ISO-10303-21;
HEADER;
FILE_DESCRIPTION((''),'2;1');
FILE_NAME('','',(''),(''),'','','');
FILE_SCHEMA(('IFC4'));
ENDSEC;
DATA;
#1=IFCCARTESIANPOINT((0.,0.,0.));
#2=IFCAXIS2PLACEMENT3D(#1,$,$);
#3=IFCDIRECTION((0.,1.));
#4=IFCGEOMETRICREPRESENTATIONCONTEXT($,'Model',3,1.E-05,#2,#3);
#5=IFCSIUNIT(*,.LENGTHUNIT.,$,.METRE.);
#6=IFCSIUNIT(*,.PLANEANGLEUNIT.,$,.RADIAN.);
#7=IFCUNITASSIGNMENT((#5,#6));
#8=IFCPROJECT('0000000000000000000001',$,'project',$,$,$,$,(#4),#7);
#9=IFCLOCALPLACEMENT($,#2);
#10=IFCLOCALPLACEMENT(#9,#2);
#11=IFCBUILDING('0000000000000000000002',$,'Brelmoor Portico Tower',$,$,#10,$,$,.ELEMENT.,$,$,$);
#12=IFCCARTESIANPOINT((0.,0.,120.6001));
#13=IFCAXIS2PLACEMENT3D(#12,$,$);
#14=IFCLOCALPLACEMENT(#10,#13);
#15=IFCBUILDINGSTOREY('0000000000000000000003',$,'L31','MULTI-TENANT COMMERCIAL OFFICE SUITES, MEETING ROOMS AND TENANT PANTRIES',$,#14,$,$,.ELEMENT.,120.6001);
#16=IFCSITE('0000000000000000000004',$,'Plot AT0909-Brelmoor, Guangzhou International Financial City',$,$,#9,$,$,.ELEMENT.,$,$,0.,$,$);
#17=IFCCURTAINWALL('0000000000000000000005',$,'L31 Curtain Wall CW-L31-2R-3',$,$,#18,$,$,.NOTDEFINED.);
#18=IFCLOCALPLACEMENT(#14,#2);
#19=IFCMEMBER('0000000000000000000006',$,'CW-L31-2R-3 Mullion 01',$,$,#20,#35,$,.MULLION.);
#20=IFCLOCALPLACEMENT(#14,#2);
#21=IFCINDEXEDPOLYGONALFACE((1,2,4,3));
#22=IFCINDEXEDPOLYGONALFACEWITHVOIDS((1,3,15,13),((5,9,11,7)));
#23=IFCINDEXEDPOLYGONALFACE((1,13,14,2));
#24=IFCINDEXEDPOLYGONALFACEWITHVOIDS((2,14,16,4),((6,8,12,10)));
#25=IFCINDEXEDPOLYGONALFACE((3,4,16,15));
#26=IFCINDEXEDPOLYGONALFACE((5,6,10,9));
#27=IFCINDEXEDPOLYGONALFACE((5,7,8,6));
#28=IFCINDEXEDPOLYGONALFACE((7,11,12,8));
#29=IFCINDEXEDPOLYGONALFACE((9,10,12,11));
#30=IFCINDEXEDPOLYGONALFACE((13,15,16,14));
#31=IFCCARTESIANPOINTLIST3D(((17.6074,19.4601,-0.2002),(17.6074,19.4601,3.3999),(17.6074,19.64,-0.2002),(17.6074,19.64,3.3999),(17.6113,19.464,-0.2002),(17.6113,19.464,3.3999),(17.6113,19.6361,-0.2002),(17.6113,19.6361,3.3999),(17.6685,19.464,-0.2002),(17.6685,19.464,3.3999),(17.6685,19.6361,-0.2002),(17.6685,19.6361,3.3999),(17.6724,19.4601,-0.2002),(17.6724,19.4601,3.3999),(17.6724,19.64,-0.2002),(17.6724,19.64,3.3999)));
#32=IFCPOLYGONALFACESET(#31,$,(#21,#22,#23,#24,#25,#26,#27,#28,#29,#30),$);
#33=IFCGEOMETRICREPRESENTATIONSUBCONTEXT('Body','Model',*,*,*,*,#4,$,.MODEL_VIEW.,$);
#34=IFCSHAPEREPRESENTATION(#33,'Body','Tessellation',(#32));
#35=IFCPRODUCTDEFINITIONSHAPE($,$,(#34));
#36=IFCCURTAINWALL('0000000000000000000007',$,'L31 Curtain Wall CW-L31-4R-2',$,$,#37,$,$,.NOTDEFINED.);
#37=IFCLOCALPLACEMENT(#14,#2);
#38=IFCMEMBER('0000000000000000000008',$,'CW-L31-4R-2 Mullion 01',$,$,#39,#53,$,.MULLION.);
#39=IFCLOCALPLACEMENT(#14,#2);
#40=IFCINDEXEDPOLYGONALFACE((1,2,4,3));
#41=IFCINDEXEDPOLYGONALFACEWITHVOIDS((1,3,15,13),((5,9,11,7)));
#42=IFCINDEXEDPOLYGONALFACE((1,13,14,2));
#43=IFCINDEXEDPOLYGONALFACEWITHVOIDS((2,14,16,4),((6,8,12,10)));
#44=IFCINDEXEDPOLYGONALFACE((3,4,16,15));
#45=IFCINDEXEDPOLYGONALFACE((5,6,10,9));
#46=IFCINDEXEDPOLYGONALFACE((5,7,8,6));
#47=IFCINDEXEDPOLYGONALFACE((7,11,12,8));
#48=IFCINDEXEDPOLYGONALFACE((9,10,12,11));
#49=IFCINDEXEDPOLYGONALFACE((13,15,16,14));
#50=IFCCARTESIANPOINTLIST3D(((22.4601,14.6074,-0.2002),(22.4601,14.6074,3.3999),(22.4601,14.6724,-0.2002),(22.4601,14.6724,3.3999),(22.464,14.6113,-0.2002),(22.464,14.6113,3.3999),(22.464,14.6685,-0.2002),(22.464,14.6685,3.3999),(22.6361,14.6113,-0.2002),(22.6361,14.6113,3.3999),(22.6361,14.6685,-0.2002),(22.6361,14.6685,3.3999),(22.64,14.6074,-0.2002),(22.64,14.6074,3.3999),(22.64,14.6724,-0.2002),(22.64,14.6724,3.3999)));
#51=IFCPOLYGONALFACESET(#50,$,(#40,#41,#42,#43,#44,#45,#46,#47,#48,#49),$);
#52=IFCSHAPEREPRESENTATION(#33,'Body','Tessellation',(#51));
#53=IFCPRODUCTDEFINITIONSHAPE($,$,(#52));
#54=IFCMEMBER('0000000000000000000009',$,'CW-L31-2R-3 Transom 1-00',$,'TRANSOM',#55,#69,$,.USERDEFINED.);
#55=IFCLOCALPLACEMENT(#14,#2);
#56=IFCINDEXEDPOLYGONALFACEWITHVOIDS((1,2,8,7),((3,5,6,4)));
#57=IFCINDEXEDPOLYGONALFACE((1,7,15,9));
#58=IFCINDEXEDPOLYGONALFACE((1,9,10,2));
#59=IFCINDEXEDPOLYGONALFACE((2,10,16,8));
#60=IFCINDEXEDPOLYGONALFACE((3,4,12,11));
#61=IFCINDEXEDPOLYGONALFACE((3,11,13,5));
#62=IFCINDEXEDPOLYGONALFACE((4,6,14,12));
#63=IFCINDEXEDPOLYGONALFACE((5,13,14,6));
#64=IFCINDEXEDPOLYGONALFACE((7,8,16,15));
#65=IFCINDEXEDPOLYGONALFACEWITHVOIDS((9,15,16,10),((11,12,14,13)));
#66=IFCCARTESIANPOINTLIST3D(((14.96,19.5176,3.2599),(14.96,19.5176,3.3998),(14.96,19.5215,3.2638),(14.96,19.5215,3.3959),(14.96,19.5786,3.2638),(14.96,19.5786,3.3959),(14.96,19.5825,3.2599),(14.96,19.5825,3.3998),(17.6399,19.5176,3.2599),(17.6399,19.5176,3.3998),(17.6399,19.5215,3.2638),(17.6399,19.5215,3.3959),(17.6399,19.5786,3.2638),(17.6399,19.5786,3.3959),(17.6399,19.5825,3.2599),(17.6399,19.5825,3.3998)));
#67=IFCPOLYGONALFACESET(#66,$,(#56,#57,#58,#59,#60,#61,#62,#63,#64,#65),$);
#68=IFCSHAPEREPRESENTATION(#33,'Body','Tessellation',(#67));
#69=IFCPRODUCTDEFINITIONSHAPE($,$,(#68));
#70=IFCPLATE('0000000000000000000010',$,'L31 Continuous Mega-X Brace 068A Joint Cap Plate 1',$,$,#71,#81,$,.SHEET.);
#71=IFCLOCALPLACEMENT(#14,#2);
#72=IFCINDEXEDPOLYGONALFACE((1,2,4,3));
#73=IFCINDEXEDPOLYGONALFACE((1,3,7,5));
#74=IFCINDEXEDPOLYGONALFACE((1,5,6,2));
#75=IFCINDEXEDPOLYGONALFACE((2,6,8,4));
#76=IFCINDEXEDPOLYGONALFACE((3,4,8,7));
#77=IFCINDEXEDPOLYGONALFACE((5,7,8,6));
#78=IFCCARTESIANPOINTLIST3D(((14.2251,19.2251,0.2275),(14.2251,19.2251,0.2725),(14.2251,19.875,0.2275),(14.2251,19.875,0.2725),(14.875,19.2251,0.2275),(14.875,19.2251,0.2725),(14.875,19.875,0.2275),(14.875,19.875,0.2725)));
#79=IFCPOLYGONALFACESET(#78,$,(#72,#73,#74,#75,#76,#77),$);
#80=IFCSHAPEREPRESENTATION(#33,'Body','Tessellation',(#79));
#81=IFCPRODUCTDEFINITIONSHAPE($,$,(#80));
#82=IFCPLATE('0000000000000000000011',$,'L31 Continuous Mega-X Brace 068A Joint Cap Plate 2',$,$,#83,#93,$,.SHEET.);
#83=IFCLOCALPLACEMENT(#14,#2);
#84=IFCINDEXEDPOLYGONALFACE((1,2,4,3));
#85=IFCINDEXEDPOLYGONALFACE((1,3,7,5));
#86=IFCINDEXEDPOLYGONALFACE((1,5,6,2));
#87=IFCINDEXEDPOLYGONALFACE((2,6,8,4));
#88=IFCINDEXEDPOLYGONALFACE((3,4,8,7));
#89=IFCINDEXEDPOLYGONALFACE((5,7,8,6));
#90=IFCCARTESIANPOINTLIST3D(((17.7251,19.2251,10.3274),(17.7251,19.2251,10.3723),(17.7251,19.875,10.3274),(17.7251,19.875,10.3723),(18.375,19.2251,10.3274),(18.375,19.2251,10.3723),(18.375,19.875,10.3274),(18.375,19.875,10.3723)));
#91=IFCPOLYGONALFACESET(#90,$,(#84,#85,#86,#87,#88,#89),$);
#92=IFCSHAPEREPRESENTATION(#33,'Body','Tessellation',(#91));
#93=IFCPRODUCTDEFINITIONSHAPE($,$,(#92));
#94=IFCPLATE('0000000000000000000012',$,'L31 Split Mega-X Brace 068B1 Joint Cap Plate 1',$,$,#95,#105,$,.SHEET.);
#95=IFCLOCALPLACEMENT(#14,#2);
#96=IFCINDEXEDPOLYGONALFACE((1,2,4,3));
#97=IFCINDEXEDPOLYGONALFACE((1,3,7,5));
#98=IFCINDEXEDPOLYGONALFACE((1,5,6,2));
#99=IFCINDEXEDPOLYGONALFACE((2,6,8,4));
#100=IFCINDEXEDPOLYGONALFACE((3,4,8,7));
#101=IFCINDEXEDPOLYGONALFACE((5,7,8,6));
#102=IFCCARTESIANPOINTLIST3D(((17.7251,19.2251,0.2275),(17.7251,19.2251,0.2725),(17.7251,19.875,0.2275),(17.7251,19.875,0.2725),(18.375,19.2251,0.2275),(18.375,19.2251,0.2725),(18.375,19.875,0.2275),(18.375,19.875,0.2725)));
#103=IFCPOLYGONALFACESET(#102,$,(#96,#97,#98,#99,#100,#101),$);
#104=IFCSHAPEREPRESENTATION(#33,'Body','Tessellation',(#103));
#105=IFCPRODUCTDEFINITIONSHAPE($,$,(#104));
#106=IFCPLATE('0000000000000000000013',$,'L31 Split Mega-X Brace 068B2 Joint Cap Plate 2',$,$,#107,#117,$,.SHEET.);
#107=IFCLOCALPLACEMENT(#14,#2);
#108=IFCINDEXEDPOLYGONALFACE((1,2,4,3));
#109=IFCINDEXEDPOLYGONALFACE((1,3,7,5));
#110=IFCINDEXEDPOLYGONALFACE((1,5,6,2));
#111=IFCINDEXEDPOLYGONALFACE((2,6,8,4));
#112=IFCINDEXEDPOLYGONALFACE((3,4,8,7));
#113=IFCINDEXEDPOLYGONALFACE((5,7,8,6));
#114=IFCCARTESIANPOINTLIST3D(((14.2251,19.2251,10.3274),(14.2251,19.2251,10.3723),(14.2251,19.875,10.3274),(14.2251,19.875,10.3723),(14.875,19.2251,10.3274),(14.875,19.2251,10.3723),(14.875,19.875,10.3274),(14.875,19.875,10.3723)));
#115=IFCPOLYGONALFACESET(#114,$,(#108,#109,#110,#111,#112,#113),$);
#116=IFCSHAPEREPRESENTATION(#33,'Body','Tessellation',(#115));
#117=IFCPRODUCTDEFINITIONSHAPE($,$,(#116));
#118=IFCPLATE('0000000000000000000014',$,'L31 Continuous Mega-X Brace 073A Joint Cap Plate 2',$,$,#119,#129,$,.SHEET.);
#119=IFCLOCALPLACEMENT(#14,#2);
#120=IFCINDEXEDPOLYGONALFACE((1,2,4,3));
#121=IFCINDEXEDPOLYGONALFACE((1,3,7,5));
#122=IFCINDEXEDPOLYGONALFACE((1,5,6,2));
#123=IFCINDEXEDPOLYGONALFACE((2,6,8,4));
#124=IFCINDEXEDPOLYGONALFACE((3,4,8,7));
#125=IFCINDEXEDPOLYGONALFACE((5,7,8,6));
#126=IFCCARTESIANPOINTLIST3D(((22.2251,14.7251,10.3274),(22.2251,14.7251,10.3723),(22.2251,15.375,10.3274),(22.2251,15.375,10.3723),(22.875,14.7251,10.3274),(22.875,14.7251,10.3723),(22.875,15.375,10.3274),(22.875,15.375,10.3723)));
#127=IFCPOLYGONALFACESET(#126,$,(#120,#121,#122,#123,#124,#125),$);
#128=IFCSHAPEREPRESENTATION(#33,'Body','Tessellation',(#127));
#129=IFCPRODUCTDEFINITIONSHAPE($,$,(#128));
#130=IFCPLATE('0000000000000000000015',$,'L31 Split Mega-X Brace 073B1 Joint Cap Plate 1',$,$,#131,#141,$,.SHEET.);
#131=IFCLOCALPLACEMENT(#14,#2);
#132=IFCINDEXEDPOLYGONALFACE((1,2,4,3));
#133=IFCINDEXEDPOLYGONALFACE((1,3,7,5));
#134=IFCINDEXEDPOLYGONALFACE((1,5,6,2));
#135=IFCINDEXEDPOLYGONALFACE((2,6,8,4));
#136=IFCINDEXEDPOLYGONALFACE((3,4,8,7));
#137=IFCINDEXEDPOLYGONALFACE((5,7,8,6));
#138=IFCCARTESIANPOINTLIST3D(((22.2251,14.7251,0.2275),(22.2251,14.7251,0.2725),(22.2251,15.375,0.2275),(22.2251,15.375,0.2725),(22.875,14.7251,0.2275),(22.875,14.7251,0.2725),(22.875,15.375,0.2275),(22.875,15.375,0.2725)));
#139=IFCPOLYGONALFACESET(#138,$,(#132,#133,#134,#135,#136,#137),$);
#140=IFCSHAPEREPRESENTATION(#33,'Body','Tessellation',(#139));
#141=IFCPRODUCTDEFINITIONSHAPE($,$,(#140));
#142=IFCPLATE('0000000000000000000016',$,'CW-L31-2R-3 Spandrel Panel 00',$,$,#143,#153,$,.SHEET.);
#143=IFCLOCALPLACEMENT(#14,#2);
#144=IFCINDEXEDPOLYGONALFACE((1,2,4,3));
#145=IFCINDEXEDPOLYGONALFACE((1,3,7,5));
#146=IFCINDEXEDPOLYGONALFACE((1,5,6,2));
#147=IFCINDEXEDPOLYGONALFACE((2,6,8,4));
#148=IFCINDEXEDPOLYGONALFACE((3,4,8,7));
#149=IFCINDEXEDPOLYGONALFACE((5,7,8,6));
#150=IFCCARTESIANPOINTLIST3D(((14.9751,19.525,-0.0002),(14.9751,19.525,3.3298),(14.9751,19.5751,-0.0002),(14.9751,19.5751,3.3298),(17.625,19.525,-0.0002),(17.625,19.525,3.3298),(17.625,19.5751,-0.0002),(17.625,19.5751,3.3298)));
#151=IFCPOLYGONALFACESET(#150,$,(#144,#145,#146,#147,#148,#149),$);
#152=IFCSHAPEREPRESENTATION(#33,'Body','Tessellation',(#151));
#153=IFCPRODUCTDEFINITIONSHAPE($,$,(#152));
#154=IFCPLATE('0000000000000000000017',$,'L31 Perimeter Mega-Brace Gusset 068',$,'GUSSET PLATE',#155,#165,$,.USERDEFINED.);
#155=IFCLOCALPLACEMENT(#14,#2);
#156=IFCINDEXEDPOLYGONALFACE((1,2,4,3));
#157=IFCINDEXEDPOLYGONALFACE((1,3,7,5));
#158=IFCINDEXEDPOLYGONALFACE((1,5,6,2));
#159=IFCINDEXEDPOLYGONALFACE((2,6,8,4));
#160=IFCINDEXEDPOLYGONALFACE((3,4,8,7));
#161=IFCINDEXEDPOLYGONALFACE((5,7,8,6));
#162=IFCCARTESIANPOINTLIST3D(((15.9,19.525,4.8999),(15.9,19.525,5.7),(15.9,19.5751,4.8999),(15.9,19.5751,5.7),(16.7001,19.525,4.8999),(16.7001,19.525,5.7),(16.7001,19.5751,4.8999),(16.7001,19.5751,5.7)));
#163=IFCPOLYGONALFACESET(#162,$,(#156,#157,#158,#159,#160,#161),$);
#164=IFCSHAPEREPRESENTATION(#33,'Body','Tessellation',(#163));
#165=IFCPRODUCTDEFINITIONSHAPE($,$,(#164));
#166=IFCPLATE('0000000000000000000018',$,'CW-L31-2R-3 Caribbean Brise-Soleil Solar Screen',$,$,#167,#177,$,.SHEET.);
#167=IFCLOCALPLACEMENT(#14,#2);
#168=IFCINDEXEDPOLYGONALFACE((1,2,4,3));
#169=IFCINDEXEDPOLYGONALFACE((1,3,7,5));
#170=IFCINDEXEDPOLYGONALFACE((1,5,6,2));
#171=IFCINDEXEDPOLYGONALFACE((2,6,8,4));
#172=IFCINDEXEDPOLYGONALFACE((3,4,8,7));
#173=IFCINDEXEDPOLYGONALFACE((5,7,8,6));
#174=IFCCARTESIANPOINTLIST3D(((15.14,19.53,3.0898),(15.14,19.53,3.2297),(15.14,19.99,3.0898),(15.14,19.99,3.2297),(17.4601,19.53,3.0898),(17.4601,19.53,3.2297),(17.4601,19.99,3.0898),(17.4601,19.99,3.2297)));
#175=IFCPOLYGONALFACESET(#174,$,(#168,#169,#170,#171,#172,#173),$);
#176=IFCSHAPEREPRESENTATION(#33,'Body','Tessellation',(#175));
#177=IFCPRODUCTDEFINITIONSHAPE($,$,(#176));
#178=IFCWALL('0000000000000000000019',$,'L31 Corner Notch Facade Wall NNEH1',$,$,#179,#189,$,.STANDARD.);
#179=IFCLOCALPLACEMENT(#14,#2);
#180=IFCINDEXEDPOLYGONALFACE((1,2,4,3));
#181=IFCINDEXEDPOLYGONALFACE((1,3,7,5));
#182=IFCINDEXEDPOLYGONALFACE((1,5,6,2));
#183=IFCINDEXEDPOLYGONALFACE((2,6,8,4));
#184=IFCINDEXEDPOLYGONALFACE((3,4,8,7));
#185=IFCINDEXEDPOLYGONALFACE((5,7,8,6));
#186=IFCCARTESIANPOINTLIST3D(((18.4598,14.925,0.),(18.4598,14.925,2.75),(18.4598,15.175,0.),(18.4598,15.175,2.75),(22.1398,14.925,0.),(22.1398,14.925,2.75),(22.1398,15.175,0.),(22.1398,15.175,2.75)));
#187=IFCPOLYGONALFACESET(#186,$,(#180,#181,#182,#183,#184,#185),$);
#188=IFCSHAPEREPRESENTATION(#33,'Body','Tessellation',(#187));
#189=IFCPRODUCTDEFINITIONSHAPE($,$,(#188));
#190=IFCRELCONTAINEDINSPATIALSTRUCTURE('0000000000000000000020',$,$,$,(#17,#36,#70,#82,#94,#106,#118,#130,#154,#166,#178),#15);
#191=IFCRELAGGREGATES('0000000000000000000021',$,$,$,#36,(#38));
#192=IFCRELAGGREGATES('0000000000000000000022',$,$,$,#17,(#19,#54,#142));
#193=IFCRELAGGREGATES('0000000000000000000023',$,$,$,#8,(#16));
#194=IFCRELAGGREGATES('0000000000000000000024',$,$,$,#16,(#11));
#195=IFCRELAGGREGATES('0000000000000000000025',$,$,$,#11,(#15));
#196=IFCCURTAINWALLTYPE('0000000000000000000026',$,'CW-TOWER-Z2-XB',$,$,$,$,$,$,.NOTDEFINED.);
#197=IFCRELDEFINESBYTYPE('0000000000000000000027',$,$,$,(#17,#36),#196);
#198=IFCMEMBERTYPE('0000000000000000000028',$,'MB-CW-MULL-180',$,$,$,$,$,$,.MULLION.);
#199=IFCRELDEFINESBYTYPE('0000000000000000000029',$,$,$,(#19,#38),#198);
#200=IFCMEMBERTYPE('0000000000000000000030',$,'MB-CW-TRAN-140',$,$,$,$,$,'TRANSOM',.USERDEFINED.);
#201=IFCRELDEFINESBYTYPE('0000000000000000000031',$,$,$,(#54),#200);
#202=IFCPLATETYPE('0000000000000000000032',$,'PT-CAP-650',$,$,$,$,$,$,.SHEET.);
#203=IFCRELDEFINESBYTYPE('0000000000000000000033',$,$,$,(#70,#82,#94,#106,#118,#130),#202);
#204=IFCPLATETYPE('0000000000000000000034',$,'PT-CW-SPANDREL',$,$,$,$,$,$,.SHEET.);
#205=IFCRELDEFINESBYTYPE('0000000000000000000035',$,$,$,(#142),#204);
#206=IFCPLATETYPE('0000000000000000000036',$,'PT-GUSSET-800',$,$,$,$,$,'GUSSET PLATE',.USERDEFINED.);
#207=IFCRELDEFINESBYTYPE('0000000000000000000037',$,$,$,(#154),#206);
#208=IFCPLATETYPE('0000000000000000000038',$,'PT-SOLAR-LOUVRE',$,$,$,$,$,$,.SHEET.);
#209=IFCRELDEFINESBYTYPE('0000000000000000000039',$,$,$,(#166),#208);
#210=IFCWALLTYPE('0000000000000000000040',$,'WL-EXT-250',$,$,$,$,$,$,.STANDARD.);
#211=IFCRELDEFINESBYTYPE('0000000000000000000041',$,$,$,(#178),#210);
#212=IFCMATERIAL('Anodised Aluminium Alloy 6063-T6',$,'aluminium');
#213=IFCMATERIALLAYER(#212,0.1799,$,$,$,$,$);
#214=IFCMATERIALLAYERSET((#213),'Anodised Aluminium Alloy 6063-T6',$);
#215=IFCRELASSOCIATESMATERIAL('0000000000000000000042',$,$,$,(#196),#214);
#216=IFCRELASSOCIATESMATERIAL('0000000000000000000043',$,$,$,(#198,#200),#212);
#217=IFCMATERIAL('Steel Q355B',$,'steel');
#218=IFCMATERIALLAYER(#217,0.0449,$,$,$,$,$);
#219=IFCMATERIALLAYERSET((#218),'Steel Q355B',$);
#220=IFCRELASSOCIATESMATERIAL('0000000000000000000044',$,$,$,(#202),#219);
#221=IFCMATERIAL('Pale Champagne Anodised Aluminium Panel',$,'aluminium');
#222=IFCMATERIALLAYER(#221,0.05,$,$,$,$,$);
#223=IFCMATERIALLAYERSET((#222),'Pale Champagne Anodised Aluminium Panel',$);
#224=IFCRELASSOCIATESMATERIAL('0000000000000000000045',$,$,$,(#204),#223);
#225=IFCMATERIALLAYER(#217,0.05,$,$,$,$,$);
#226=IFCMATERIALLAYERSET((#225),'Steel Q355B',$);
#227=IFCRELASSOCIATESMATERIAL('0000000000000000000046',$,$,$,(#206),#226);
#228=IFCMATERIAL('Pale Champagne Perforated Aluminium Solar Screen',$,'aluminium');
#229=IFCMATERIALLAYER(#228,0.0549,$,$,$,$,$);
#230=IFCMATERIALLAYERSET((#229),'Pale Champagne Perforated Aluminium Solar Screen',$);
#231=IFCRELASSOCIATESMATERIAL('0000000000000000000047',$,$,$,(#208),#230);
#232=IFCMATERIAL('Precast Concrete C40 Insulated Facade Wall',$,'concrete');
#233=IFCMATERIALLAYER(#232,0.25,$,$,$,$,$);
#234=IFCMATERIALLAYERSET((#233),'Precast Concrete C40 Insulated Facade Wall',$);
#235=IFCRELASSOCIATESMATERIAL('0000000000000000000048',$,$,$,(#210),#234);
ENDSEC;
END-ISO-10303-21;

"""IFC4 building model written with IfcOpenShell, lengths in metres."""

from ifc_helpers import new_model, si_unit, direction, frame, frame_2d, origin, origin_2d, place, context, subcontext, project, spatial, rectangle, hollow_rectangle, extrude, material, layer, layer_set, material_profile, profile_set, type_object, element, aggregate, save


model = new_model("IFC4")

# Units and contexts
model_context = context("Model", 3, precision=1e-05, world=origin(), true_north=direction((0.0, 1.0)))
body_context = subcontext(model_context, "Body", "Model", "MODEL_VIEW")
ifc_project = project(units=[si_unit("LENGTHUNIT", "METRE"), si_unit("PLANEANGLEUNIT", "RADIAN")], contexts=[model_context])

# Site, building, storey
site_placement = place(None, origin())
site = spatial("IfcSite", under=ifc_project, at=site_placement, Name="Plot AT0909-Brelmoor, Guangzhou International Financial City", CompositionType="ELEMENT", RefElevation=0.0)
building_placement = place(site_placement, origin())
building = spatial("IfcBuilding", under=site, at=building_placement, Name="Brelmoor Portico Tower", CompositionType="ELEMENT")
storey_placement = place(building_placement, frame((0.0, 0.0, 120.6001)))
storey = spatial("IfcBuildingStorey", under=building, at=storey_placement, Name="L31", Description="MULTI-TENANT COMMERCIAL OFFICE SUITES, MEETING ROOMS AND TENANT PANTRIES", CompositionType="ELEMENT", Elevation=120.6001)

# Shared definitions
ifc_material_1 = material(Name="Steel Q355B", Category="steel")

# Curtain wall, member
ifc_material_2 = material(Name="Anodised Aluminium Alloy 6063-T6", Category="aluminium")
ifc_layer_1 = layer(ifc_material_2, 0.1799)
ifc_layer_set_1 = layer_set([ifc_layer_1], Name="Anodised Aluminium Alloy 6063-T6")
curtain_wall_type = type_object("IfcCurtainWallType", Name="CW-TOWER-Z2-XB", PredefinedType="NOTDEFINED", material=ifc_layer_set_1)
curtain_wall_1_placement = place(storey_placement, origin())
curtain_wall_1 = element("IfcCurtainWall", 1, at=curtain_wall_1_placement, inside=storey, type_object=curtain_wall_type, Name="L31 Curtain Wall CW-L31-2R-3", PredefinedType="NOTDEFINED")
ifc_material_profile_1 = material_profile(ifc_material_2, hollow_rectangle(XDim=0.0649, YDim=0.1799, WallThickness=0.0039, at=origin_2d()), Name="ALU MULLION 65x180")
ifc_profile_set_1 = profile_set([ifc_material_profile_1], Name="Anodised Aluminium Alloy 6063-T6")
member_type_1 = type_object("IfcMemberType", Name="MB-CW-MULL-180", PredefinedType="MULLION", material=ifc_profile_set_1)
member_1_placement = place(storey_placement, frame((17.6399, 19.55, -0.2002), z_axis=(0.0, 0.0, 1.0), x_axis=(1.0, 0.0, 0.0)))
member_1 = element("IfcMember", 2, at=member_1_placement, type_object=member_type_1, Name="CW-L31-2R-3 Mullion 01", PredefinedType="MULLION", context=body_context, shape_type="SweptSolid", body=[
    extrude(hollow_rectangle(XDim=0.0649, YDim=0.1799, WallThickness=0.0039, at=origin_2d()), origin(), (0.0, 0.0, 1.0), 3.6001),
])

# Curtain wall, member
curtain_wall_2_placement = place(storey_placement, origin())
curtain_wall_2 = element("IfcCurtainWall", 3, at=curtain_wall_2_placement, inside=storey, type_object=curtain_wall_type, Name="L31 Curtain Wall CW-L31-4R-2", PredefinedType="NOTDEFINED")
member_2_placement = place(storey_placement, frame((22.55, 14.6399, -0.2002), z_axis=(0.0, 0.0, 1.0), x_axis=(0.0, 1.0, 0.0)))
member_2 = element("IfcMember", 4, at=member_2_placement, type_object=member_type_1, Name="CW-L31-4R-2 Mullion 01", PredefinedType="MULLION", context=body_context, shape_type="SweptSolid", body=[
    extrude(hollow_rectangle(XDim=0.0649, YDim=0.1799, WallThickness=0.0039, at=origin_2d()), origin(), (0.0, 0.0, 1.0), 3.6001),
])
aggregate(curtain_wall_2, [member_2])

# Member
ifc_material_profile_2 = material_profile(ifc_material_2, hollow_rectangle(XDim=0.0649, YDim=0.1399, WallThickness=0.0039, at=origin_2d()), Name="ALU TRANSOM 65x140")
ifc_profile_set_2 = profile_set([ifc_material_profile_2], Name="Anodised Aluminium Alloy 6063-T6")
member_type_2 = type_object("IfcMemberType", Name="MB-CW-TRAN-140", ElementType="TRANSOM", PredefinedType="USERDEFINED", material=ifc_profile_set_2)
member_3_placement = place(storey_placement, frame((14.96, 19.55, 3.3298), z_axis=(1.0, 0.0, 0.0), x_axis=(0.0, 1.0, 0.0)))
member_3 = element("IfcMember", 5, at=member_3_placement, type_object=member_type_2, Name="CW-L31-2R-3 Transom 1-00", ObjectType="TRANSOM", PredefinedType="USERDEFINED", context=body_context, shape_type="SweptSolid", body=[
    extrude(hollow_rectangle(XDim=0.0649, YDim=0.1399, WallThickness=0.0039, at=origin_2d()), origin(), (0.0, 0.0, 1.0), 2.6799),
])

# Plates
ifc_layer_2 = layer(ifc_material_1, 0.0449)
ifc_layer_set_2 = layer_set([ifc_layer_2], Name="Steel Q355B")
plate_type_1 = type_object("IfcPlateType", Name="PT-CAP-650", PredefinedType="SHEET", material=ifc_layer_set_2)
for number, where, z_axis, x_axis, name in (
    (6, (14.55, 19.55, 0.2275), (0.0, 0.0, 1.0), (1.0, 0.0, 0.0), "L31 Continuous Mega-X Brace 068A Joint Cap Plate 1"),
    (7, (18.05, 19.55, 10.3274), (0.0, 0.0, 1.0), (1.0, 0.0, 0.0), "L31 Continuous Mega-X Brace 068A Joint Cap Plate 2"),
    (8, (18.05, 19.55, 0.2275), (0.0, 0.0, 1.0), (1.0, 0.0, 0.0), "L31 Split Mega-X Brace 068B1 Joint Cap Plate 1"),
    (9, (14.55, 19.55, 10.3274), (0.0, 0.0, 1.0), (1.0, 0.0, 0.0), "L31 Split Mega-X Brace 068B2 Joint Cap Plate 2"),
    (10, (22.55, 15.05, 10.3274), (0.0, 0.0, 1.0), (1.0, 0.0, 0.0), "L31 Continuous Mega-X Brace 073A Joint Cap Plate 2"),
    (11, (22.55, 15.05, 0.2275), (0.0, 0.0, 1.0), (1.0, 0.0, 0.0), "L31 Split Mega-X Brace 073B1 Joint Cap Plate 1"),
):
    element("IfcPlate", number, at=place(storey_placement, frame(where, z_axis=z_axis, x_axis=x_axis)), inside=storey, type_object=plate_type_1, Name=name, PredefinedType="SHEET", context=body_context, shape_type="SweptSolid", body=[
        extrude(rectangle(XDim=0.6499, YDim=0.6499, at=origin_2d()), origin(), (0.0, 0.0, 1.0), 0.0449),
    ])

# Plate
ifc_material_3 = material(Name="Pale Champagne Anodised Aluminium Panel", Category="aluminium")
ifc_layer_3 = layer(ifc_material_3, 0.05)
ifc_layer_set_3 = layer_set([ifc_layer_3], Name="Pale Champagne Anodised Aluminium Panel")
plate_type_2 = type_object("IfcPlateType", Name="PT-CW-SPANDREL", PredefinedType="SHEET", material=ifc_layer_set_3)
plate_1_placement = place(storey_placement, frame((16.3, 19.55, -0.0002), z_axis=(0.0, 0.0, 1.0), x_axis=(1.0, 0.0, 0.0)))
plate_1 = element("IfcPlate", 12, at=plate_1_placement, type_object=plate_type_2, Name="CW-L31-2R-3 Spandrel Panel 00", PredefinedType="SHEET", context=body_context, shape_type="SweptSolid", body=[
    extrude(rectangle(XDim=2.6499, YDim=0.05, at=origin_2d()), origin(), (0.0, 0.0, 1.0), 3.3301),
])
aggregate(curtain_wall_1, [member_1, member_3, plate_1])

# Plates
ifc_layer_4 = layer(ifc_material_1, 0.05)
ifc_layer_set_4 = layer_set([ifc_layer_4], Name="Steel Q355B")
plate_type_3 = type_object("IfcPlateType", Name="PT-GUSSET-800", ElementType="GUSSET PLATE", PredefinedType="USERDEFINED", material=ifc_layer_set_4)
plate_2_placement = place(storey_placement, frame((16.3, 19.55, 4.8999), z_axis=(0.0, 0.0, 1.0), x_axis=(1.0, 0.0, 0.0)))
element("IfcPlate", 13, at=plate_2_placement, inside=storey, type_object=plate_type_3, Name="L31 Perimeter Mega-Brace Gusset 068", ObjectType="GUSSET PLATE", PredefinedType="USERDEFINED", context=body_context, shape_type="SweptSolid", body=[
    extrude(rectangle(XDim=0.8, YDim=0.05, at=origin_2d()), origin(), (0.0, 0.0, 1.0), 0.8),
])
ifc_material_4 = material(Name="Pale Champagne Perforated Aluminium Solar Screen", Category="aluminium")
ifc_layer_5 = layer(ifc_material_4, 0.0549)
ifc_layer_set_5 = layer_set([ifc_layer_5], Name="Pale Champagne Perforated Aluminium Solar Screen")
plate_type_4 = type_object("IfcPlateType", Name="PT-SOLAR-LOUVRE", PredefinedType="SHEET", material=ifc_layer_set_5)
plate_3_placement = place(storey_placement, frame((16.3, 19.76, 3.0898), z_axis=(0.0, 0.0, 1.0), x_axis=(1.0, 0.0, 0.0)))
element("IfcPlate", 14, at=plate_3_placement, inside=storey, type_object=plate_type_4, Name="CW-L31-2R-3 Caribbean Brise-Soleil Solar Screen", PredefinedType="SHEET", context=body_context, shape_type="SweptSolid", body=[
    extrude(rectangle(XDim=2.3201, YDim=0.46, at=origin_2d()), origin(), (0.0, 0.0, 1.0), 0.1399),
])

# Wall
ifc_material_5 = material(Name="Precast Concrete C40 Insulated Facade Wall", Category="concrete")
ifc_layer_6 = layer(ifc_material_5, 0.25)
ifc_layer_set_6 = layer_set([ifc_layer_6], Name="Precast Concrete C40 Insulated Facade Wall")
wall_type_1 = type_object("IfcWallType", Name="WL-EXT-250", PredefinedType="STANDARD", material=ifc_layer_set_6)
for number, where, z_axis, x_axis, name in (
    (15, (18.46, 15.05, 0.0), (0.0, 0.0, 1.0), (1.0, 0.0, 0.0), "L31 Corner Notch Facade Wall NNEH1"),
):
    element("IfcWall", number, at=place(storey_placement, frame(where, z_axis=z_axis, x_axis=x_axis)), inside=storey, type_object=wall_type_1, Name=name, PredefinedType="STANDARD", context=body_context, shape_type="SweptSolid", body=[
        extrude(rectangle(XDim=3.6799, YDim=0.25, at=frame_2d((1.8398, 0.0))), origin(), (0.0, 0.0, 1.0), 2.75),
    ])

save(model, "model.ifc")
